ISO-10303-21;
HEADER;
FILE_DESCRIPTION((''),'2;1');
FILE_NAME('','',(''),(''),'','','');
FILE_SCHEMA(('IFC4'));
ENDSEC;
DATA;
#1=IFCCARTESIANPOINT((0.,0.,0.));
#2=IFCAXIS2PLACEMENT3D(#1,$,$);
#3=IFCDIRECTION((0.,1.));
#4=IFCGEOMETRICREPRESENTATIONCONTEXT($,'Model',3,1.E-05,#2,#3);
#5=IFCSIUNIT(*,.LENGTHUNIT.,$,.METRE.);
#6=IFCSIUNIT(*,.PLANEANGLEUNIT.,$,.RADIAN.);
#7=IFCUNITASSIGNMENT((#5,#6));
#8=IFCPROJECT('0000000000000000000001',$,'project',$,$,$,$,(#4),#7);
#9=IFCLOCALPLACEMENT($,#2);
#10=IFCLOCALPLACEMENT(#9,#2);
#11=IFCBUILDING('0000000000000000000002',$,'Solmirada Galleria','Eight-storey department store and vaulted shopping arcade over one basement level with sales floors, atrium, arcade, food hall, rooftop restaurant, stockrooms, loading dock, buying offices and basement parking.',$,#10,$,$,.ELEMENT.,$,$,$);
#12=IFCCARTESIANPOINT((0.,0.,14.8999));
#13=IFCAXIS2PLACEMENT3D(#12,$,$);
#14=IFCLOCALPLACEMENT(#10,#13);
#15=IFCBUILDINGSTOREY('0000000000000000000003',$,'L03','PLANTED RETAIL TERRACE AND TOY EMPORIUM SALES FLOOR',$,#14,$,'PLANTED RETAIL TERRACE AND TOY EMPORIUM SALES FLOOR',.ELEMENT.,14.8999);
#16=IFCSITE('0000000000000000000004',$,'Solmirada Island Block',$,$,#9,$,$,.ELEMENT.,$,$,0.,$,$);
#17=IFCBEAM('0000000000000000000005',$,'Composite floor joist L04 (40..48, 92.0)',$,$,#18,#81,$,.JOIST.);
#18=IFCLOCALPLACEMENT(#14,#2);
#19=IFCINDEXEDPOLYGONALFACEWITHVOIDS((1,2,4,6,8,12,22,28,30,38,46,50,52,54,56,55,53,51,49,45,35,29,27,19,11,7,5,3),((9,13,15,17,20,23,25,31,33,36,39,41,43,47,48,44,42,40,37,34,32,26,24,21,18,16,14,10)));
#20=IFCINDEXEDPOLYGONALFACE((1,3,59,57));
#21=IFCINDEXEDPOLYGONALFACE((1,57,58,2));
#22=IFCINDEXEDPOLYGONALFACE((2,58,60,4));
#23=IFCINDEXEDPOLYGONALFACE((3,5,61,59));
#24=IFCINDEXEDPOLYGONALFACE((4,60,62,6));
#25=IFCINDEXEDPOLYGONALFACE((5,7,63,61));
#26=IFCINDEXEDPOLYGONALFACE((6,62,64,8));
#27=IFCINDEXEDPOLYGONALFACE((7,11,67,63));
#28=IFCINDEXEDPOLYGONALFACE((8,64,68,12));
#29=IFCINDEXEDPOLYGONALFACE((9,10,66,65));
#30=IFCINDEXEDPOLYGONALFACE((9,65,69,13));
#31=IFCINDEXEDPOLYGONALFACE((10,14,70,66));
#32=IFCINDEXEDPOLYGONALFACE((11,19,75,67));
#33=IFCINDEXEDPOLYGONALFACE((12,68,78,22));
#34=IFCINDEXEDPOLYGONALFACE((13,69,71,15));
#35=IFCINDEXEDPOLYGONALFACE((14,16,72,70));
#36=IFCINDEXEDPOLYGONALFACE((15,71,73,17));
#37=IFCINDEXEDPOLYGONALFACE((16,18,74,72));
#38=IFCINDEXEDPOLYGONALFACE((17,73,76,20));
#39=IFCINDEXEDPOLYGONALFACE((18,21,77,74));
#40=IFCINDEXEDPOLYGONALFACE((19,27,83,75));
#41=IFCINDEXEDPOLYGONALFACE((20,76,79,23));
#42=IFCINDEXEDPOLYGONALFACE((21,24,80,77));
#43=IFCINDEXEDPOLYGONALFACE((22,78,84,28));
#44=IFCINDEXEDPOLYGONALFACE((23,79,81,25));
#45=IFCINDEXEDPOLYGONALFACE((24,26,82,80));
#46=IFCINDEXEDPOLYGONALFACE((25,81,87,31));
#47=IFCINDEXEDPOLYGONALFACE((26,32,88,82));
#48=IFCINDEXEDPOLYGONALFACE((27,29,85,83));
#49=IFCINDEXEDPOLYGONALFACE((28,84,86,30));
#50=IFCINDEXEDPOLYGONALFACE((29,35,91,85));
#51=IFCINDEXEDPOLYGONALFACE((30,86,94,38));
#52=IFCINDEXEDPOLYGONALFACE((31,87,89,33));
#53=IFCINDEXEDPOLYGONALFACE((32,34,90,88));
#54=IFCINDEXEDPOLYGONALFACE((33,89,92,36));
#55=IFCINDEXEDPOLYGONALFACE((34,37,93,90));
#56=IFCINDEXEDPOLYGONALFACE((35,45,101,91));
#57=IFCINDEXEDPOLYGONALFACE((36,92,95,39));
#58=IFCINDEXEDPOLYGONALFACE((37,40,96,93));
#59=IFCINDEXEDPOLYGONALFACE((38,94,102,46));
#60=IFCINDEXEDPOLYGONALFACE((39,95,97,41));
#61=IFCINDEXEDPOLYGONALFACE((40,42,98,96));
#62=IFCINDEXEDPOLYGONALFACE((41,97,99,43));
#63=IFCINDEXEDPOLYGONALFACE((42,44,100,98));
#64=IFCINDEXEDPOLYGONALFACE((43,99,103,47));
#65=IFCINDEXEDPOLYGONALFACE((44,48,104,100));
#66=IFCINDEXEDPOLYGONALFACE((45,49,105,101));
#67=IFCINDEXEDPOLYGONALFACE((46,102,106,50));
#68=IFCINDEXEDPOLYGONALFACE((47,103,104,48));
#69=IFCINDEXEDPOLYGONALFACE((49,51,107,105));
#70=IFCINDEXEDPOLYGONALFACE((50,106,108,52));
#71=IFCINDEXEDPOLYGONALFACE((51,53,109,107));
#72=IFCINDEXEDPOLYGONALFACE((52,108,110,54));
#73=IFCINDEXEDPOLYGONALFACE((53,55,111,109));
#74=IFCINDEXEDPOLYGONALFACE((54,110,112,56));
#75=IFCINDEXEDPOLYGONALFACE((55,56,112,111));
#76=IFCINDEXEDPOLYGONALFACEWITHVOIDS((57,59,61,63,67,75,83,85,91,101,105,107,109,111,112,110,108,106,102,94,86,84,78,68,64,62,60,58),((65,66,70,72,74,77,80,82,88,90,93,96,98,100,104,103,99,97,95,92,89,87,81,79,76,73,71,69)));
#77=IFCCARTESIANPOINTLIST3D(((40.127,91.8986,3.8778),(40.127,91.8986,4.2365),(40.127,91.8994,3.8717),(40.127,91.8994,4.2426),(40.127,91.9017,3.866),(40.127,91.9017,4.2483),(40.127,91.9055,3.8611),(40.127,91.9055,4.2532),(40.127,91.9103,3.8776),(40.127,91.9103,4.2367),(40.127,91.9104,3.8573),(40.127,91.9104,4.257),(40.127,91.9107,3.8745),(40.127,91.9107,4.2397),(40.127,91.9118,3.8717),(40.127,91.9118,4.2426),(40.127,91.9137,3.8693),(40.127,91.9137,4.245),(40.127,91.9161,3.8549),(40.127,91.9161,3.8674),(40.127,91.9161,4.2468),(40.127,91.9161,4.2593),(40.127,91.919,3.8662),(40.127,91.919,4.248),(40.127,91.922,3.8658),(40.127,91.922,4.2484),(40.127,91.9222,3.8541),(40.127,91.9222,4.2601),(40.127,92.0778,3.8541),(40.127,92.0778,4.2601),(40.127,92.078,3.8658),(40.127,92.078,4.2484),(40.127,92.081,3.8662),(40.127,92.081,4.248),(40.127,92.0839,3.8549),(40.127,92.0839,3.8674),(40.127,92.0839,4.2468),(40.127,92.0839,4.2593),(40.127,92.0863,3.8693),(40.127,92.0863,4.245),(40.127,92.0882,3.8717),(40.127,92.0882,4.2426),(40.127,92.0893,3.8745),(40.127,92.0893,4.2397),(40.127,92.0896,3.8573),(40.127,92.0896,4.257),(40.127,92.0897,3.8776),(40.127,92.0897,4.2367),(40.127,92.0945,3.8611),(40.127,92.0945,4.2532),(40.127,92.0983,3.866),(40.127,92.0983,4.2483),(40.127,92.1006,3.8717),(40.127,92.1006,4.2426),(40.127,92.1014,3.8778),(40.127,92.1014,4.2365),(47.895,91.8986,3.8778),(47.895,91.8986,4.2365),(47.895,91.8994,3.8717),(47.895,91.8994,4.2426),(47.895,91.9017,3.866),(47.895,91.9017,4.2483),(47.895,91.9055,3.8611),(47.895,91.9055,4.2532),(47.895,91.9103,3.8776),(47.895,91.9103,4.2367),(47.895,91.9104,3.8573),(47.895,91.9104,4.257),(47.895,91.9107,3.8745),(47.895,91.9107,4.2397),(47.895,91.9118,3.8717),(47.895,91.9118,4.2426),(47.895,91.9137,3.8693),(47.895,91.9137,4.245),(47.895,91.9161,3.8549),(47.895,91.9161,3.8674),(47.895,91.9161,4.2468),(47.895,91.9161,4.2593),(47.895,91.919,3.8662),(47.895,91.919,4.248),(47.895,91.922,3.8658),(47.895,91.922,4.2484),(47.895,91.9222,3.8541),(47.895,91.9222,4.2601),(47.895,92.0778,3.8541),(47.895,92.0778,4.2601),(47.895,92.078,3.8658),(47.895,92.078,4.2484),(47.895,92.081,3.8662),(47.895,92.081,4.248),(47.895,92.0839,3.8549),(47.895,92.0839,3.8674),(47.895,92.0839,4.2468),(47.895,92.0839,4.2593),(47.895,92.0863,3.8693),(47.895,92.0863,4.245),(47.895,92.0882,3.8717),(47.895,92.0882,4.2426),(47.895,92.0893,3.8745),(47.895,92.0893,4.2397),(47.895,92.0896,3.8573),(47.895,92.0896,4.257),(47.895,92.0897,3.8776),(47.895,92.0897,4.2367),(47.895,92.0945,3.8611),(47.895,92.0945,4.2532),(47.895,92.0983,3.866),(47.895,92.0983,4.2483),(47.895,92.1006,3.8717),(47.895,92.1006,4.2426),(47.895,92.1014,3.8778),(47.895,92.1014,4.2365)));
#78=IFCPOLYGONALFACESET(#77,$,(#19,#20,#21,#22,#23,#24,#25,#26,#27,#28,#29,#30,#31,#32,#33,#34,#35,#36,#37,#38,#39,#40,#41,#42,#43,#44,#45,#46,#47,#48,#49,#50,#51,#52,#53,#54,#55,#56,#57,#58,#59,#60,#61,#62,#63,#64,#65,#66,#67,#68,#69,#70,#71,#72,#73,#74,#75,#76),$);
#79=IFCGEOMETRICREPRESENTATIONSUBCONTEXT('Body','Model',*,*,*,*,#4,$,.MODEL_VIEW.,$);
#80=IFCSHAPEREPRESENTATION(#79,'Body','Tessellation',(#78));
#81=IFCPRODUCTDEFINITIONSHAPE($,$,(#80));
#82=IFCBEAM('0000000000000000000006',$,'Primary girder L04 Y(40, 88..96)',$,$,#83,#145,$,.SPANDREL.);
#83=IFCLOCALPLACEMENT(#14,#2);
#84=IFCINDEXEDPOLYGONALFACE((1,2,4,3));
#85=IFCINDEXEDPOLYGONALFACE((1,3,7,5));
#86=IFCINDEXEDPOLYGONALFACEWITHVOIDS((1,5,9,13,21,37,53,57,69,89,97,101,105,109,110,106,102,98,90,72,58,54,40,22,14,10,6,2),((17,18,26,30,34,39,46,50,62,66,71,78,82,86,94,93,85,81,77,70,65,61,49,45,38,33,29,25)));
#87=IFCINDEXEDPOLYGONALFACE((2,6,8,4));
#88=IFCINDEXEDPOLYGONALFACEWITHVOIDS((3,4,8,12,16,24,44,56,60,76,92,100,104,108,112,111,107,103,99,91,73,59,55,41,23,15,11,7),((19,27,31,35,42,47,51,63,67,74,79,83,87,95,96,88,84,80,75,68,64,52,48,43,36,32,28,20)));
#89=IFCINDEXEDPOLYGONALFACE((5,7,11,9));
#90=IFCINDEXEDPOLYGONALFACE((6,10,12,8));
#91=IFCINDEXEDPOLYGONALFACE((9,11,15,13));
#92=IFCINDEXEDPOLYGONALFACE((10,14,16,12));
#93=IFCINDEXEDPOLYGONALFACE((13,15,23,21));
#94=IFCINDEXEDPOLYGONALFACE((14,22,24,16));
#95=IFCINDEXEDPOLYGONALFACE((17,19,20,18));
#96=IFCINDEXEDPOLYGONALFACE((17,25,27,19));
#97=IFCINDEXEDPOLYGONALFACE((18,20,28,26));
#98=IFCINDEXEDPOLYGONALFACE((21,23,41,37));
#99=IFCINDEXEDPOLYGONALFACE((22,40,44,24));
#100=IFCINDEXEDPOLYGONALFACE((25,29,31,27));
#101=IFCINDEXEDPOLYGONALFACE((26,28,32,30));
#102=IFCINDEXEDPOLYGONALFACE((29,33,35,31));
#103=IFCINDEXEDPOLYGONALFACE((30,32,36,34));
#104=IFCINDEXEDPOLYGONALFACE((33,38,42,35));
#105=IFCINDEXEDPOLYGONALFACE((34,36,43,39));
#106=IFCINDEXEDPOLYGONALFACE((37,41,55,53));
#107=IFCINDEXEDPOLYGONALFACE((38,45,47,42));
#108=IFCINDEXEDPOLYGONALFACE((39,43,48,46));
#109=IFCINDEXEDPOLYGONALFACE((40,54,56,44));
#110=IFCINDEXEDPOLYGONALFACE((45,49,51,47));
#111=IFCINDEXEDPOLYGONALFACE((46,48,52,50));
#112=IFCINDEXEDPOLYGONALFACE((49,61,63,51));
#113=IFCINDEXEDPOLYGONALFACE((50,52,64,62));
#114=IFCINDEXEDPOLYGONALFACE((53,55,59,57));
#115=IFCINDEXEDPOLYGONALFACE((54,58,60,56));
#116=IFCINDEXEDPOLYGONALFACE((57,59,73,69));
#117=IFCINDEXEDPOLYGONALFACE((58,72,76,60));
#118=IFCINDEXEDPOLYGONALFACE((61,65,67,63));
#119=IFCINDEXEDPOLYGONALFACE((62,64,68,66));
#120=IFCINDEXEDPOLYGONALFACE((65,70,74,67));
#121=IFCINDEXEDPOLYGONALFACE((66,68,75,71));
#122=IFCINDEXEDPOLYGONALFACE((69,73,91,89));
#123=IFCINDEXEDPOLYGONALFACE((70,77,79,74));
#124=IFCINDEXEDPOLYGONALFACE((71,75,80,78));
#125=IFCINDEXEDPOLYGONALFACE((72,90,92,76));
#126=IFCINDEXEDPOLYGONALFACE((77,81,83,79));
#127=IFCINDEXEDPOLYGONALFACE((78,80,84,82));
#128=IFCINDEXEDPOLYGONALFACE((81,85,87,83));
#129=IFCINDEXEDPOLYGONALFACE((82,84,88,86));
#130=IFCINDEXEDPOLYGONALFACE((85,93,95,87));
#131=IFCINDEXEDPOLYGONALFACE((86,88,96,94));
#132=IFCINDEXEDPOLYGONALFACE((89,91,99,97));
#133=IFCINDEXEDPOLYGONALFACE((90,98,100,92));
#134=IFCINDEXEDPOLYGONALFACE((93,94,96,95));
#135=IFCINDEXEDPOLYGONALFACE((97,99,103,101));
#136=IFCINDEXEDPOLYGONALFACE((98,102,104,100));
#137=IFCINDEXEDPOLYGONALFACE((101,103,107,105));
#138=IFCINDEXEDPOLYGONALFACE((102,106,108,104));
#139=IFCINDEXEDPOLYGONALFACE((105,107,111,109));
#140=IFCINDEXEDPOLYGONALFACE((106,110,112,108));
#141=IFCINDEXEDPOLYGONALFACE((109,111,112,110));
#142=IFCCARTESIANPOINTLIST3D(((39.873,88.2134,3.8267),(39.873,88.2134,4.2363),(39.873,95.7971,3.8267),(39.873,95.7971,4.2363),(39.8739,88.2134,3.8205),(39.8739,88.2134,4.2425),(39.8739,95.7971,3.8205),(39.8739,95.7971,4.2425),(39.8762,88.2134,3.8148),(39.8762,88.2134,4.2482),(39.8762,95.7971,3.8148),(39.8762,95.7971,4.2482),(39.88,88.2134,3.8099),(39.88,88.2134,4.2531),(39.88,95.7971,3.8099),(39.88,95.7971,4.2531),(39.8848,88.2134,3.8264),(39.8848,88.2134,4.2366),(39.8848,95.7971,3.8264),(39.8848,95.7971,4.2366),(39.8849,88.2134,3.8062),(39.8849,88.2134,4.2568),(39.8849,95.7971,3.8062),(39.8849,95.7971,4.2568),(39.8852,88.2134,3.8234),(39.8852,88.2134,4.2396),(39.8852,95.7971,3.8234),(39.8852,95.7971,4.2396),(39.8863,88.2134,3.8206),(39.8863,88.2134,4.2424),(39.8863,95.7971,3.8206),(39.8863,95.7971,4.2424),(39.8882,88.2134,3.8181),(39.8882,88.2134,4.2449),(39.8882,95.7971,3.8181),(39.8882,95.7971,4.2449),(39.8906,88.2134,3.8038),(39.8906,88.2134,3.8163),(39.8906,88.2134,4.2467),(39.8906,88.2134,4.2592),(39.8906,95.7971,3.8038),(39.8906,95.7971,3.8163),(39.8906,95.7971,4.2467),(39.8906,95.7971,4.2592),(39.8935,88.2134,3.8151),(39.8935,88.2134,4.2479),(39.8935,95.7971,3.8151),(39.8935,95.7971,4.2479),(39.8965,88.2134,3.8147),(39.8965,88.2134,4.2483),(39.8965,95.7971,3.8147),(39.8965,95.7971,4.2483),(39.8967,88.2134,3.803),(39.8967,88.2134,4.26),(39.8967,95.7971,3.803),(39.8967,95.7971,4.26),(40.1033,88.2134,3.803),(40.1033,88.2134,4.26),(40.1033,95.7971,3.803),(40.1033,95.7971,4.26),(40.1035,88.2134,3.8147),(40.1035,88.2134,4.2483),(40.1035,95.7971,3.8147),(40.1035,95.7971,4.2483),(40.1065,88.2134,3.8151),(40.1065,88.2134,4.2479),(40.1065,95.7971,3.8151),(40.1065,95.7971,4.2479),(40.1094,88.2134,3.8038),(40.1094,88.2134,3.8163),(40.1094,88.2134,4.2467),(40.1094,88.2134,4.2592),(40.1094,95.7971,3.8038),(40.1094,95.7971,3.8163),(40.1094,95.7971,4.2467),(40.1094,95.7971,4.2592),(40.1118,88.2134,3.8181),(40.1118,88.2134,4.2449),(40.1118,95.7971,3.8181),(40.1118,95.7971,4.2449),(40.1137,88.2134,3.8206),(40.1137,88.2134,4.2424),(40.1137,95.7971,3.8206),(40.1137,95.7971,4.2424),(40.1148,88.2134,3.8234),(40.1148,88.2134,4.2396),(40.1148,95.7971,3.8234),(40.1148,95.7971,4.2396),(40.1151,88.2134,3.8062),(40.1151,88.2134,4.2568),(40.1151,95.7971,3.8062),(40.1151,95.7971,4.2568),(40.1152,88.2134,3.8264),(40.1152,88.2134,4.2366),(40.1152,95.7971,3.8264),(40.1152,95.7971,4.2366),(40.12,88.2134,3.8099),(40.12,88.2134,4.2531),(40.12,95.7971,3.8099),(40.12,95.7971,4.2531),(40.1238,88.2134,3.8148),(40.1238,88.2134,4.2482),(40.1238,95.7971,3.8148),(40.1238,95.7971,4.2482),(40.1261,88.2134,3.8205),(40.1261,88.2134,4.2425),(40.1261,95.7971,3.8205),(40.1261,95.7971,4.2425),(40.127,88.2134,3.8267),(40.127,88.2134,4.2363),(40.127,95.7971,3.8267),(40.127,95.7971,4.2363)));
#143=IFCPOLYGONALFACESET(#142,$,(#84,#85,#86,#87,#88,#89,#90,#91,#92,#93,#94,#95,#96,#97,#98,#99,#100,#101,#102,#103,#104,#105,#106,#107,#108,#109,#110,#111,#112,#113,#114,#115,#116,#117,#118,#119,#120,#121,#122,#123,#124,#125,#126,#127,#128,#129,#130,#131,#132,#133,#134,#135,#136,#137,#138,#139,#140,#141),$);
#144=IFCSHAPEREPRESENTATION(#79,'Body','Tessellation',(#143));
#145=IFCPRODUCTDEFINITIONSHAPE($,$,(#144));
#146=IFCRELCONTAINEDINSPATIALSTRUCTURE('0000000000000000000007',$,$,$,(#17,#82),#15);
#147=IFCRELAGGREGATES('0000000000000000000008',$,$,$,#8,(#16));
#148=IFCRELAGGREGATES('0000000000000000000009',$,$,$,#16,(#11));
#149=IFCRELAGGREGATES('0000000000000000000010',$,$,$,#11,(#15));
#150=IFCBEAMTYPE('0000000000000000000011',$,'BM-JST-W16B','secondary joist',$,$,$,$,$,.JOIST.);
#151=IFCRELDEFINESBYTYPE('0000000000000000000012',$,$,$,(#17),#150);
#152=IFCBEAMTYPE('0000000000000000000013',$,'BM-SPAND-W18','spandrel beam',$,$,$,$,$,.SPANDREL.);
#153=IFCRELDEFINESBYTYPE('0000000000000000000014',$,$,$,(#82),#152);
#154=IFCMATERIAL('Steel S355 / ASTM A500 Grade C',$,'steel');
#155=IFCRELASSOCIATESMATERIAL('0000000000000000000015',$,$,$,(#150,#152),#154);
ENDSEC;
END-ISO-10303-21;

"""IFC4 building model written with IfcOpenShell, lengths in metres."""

from ifc_helpers import new_model, si_unit, direction, frame, origin, origin_2d, place, context, subcontext, project, spatial, hollow_rectangle, extrude, material, material_profile, profile_set, type_object, element, save


model = new_model("IFC4")

# Units and contexts
model_context = context("Model", 3, precision=1e-05, world=origin(), true_north=direction((0.0, 1.0)))
body_context = subcontext(model_context, "Body", "Model", "MODEL_VIEW")
ifc_project = project(units=[si_unit("LENGTHUNIT", "METRE"), si_unit("PLANEANGLEUNIT", "RADIAN")], contexts=[model_context])

# Site, building, storey
site_placement = place(None, origin())
site = spatial("IfcSite", under=ifc_project, at=site_placement, Name="Solmirada Island Block", CompositionType="ELEMENT", RefElevation=0.0)
building_placement = place(site_placement, origin())
building = spatial("IfcBuilding", under=site, at=building_placement, Name="Solmirada Galleria", Description="Eight-storey department store and vaulted shopping arcade over one basement level with sales floors, atrium, arcade, food hall, rooftop restaurant, stockrooms, loading dock, buying offices and basement parking.", CompositionType="ELEMENT")
storey_placement = place(building_placement, frame((0.0, 0.0, 14.8999)))
storey = spatial("IfcBuildingStorey", under=building, at=storey_placement, Name="L03", Description="PLANTED RETAIL TERRACE AND TOY EMPORIUM SALES FLOOR", LongName="PLANTED RETAIL TERRACE AND TOY EMPORIUM SALES FLOOR", CompositionType="ELEMENT", Elevation=14.8999)

# Shared definitions
ifc_material_1 = material(Name="Steel S355 / ASTM A500 Grade C", Category="steel")

# Beams
ifc_material_profile_1 = material_profile(ifc_material_1, hollow_rectangle(XDim=0.2029, YDim=0.406, WallThickness=0.0117, InnerFilletRadius=0.0117, OuterFilletRadius=0.0237, at=origin_2d()), Name="HSS16X8X1/2")
ifc_profile_set_1 = profile_set([ifc_material_profile_1], Name="Steel S355 / ASTM A500 Grade C")
beam_type_1 = type_object("IfcBeamType", Name="BM-JST-W16B", Description="secondary joist", PredefinedType="JOIST", material=ifc_profile_set_1)
beam_1_placement = place(storey_placement, frame((40.127, 92.0, 4.0571), z_axis=(1.0, 0.0, 0.0), x_axis=(0.0, 1.0, 0.0)))
element("IfcBeam", 1, at=beam_1_placement, inside=storey, type_object=beam_type_1, Name="Composite floor joist L04 (40..48, 92.0)", PredefinedType="JOIST", context=body_context, shape_type="SweptSolid", body=[
    extrude(hollow_rectangle(XDim=0.2029, YDim=0.406, WallThickness=0.0117, InnerFilletRadius=0.0117, OuterFilletRadius=0.0237, at=origin_2d()), origin(), (0.0, 0.0, 1.0), 7.7681),
])
ifc_material_profile_2 = material_profile(ifc_material_1, hollow_rectangle(XDim=0.2539, YDim=0.457, WallThickness=0.0117, InnerFilletRadius=0.0117, OuterFilletRadius=0.0237, at=origin_2d()), Name="HSS18X10X1/2")
ifc_profile_set_2 = profile_set([ifc_material_profile_2], Name="Steel S355 / ASTM A500 Grade C")
beam_type_2 = type_object("IfcBeamType", Name="BM-SPAND-W18", Description="spandrel beam", PredefinedType="SPANDREL", material=ifc_profile_set_2)
beam_2_placement = place(storey_placement, frame((40.0, 88.2134, 4.0315), z_axis=(0.0, 1.0, 0.0), x_axis=(-1.0, 0.0, 0.0)))
element("IfcBeam", 2, at=beam_2_placement, inside=storey, type_object=beam_type_2, Name="Primary girder L04 Y(40, 88..96)", PredefinedType="SPANDREL", context=body_context, shape_type="SweptSolid", body=[
    extrude(hollow_rectangle(XDim=0.2539, YDim=0.457, WallThickness=0.0117, InnerFilletRadius=0.0117, OuterFilletRadius=0.0237, at=origin_2d()), origin(), (0.0, 0.0, 1.0), 7.5837),
])

save(model, "model.ifc")
